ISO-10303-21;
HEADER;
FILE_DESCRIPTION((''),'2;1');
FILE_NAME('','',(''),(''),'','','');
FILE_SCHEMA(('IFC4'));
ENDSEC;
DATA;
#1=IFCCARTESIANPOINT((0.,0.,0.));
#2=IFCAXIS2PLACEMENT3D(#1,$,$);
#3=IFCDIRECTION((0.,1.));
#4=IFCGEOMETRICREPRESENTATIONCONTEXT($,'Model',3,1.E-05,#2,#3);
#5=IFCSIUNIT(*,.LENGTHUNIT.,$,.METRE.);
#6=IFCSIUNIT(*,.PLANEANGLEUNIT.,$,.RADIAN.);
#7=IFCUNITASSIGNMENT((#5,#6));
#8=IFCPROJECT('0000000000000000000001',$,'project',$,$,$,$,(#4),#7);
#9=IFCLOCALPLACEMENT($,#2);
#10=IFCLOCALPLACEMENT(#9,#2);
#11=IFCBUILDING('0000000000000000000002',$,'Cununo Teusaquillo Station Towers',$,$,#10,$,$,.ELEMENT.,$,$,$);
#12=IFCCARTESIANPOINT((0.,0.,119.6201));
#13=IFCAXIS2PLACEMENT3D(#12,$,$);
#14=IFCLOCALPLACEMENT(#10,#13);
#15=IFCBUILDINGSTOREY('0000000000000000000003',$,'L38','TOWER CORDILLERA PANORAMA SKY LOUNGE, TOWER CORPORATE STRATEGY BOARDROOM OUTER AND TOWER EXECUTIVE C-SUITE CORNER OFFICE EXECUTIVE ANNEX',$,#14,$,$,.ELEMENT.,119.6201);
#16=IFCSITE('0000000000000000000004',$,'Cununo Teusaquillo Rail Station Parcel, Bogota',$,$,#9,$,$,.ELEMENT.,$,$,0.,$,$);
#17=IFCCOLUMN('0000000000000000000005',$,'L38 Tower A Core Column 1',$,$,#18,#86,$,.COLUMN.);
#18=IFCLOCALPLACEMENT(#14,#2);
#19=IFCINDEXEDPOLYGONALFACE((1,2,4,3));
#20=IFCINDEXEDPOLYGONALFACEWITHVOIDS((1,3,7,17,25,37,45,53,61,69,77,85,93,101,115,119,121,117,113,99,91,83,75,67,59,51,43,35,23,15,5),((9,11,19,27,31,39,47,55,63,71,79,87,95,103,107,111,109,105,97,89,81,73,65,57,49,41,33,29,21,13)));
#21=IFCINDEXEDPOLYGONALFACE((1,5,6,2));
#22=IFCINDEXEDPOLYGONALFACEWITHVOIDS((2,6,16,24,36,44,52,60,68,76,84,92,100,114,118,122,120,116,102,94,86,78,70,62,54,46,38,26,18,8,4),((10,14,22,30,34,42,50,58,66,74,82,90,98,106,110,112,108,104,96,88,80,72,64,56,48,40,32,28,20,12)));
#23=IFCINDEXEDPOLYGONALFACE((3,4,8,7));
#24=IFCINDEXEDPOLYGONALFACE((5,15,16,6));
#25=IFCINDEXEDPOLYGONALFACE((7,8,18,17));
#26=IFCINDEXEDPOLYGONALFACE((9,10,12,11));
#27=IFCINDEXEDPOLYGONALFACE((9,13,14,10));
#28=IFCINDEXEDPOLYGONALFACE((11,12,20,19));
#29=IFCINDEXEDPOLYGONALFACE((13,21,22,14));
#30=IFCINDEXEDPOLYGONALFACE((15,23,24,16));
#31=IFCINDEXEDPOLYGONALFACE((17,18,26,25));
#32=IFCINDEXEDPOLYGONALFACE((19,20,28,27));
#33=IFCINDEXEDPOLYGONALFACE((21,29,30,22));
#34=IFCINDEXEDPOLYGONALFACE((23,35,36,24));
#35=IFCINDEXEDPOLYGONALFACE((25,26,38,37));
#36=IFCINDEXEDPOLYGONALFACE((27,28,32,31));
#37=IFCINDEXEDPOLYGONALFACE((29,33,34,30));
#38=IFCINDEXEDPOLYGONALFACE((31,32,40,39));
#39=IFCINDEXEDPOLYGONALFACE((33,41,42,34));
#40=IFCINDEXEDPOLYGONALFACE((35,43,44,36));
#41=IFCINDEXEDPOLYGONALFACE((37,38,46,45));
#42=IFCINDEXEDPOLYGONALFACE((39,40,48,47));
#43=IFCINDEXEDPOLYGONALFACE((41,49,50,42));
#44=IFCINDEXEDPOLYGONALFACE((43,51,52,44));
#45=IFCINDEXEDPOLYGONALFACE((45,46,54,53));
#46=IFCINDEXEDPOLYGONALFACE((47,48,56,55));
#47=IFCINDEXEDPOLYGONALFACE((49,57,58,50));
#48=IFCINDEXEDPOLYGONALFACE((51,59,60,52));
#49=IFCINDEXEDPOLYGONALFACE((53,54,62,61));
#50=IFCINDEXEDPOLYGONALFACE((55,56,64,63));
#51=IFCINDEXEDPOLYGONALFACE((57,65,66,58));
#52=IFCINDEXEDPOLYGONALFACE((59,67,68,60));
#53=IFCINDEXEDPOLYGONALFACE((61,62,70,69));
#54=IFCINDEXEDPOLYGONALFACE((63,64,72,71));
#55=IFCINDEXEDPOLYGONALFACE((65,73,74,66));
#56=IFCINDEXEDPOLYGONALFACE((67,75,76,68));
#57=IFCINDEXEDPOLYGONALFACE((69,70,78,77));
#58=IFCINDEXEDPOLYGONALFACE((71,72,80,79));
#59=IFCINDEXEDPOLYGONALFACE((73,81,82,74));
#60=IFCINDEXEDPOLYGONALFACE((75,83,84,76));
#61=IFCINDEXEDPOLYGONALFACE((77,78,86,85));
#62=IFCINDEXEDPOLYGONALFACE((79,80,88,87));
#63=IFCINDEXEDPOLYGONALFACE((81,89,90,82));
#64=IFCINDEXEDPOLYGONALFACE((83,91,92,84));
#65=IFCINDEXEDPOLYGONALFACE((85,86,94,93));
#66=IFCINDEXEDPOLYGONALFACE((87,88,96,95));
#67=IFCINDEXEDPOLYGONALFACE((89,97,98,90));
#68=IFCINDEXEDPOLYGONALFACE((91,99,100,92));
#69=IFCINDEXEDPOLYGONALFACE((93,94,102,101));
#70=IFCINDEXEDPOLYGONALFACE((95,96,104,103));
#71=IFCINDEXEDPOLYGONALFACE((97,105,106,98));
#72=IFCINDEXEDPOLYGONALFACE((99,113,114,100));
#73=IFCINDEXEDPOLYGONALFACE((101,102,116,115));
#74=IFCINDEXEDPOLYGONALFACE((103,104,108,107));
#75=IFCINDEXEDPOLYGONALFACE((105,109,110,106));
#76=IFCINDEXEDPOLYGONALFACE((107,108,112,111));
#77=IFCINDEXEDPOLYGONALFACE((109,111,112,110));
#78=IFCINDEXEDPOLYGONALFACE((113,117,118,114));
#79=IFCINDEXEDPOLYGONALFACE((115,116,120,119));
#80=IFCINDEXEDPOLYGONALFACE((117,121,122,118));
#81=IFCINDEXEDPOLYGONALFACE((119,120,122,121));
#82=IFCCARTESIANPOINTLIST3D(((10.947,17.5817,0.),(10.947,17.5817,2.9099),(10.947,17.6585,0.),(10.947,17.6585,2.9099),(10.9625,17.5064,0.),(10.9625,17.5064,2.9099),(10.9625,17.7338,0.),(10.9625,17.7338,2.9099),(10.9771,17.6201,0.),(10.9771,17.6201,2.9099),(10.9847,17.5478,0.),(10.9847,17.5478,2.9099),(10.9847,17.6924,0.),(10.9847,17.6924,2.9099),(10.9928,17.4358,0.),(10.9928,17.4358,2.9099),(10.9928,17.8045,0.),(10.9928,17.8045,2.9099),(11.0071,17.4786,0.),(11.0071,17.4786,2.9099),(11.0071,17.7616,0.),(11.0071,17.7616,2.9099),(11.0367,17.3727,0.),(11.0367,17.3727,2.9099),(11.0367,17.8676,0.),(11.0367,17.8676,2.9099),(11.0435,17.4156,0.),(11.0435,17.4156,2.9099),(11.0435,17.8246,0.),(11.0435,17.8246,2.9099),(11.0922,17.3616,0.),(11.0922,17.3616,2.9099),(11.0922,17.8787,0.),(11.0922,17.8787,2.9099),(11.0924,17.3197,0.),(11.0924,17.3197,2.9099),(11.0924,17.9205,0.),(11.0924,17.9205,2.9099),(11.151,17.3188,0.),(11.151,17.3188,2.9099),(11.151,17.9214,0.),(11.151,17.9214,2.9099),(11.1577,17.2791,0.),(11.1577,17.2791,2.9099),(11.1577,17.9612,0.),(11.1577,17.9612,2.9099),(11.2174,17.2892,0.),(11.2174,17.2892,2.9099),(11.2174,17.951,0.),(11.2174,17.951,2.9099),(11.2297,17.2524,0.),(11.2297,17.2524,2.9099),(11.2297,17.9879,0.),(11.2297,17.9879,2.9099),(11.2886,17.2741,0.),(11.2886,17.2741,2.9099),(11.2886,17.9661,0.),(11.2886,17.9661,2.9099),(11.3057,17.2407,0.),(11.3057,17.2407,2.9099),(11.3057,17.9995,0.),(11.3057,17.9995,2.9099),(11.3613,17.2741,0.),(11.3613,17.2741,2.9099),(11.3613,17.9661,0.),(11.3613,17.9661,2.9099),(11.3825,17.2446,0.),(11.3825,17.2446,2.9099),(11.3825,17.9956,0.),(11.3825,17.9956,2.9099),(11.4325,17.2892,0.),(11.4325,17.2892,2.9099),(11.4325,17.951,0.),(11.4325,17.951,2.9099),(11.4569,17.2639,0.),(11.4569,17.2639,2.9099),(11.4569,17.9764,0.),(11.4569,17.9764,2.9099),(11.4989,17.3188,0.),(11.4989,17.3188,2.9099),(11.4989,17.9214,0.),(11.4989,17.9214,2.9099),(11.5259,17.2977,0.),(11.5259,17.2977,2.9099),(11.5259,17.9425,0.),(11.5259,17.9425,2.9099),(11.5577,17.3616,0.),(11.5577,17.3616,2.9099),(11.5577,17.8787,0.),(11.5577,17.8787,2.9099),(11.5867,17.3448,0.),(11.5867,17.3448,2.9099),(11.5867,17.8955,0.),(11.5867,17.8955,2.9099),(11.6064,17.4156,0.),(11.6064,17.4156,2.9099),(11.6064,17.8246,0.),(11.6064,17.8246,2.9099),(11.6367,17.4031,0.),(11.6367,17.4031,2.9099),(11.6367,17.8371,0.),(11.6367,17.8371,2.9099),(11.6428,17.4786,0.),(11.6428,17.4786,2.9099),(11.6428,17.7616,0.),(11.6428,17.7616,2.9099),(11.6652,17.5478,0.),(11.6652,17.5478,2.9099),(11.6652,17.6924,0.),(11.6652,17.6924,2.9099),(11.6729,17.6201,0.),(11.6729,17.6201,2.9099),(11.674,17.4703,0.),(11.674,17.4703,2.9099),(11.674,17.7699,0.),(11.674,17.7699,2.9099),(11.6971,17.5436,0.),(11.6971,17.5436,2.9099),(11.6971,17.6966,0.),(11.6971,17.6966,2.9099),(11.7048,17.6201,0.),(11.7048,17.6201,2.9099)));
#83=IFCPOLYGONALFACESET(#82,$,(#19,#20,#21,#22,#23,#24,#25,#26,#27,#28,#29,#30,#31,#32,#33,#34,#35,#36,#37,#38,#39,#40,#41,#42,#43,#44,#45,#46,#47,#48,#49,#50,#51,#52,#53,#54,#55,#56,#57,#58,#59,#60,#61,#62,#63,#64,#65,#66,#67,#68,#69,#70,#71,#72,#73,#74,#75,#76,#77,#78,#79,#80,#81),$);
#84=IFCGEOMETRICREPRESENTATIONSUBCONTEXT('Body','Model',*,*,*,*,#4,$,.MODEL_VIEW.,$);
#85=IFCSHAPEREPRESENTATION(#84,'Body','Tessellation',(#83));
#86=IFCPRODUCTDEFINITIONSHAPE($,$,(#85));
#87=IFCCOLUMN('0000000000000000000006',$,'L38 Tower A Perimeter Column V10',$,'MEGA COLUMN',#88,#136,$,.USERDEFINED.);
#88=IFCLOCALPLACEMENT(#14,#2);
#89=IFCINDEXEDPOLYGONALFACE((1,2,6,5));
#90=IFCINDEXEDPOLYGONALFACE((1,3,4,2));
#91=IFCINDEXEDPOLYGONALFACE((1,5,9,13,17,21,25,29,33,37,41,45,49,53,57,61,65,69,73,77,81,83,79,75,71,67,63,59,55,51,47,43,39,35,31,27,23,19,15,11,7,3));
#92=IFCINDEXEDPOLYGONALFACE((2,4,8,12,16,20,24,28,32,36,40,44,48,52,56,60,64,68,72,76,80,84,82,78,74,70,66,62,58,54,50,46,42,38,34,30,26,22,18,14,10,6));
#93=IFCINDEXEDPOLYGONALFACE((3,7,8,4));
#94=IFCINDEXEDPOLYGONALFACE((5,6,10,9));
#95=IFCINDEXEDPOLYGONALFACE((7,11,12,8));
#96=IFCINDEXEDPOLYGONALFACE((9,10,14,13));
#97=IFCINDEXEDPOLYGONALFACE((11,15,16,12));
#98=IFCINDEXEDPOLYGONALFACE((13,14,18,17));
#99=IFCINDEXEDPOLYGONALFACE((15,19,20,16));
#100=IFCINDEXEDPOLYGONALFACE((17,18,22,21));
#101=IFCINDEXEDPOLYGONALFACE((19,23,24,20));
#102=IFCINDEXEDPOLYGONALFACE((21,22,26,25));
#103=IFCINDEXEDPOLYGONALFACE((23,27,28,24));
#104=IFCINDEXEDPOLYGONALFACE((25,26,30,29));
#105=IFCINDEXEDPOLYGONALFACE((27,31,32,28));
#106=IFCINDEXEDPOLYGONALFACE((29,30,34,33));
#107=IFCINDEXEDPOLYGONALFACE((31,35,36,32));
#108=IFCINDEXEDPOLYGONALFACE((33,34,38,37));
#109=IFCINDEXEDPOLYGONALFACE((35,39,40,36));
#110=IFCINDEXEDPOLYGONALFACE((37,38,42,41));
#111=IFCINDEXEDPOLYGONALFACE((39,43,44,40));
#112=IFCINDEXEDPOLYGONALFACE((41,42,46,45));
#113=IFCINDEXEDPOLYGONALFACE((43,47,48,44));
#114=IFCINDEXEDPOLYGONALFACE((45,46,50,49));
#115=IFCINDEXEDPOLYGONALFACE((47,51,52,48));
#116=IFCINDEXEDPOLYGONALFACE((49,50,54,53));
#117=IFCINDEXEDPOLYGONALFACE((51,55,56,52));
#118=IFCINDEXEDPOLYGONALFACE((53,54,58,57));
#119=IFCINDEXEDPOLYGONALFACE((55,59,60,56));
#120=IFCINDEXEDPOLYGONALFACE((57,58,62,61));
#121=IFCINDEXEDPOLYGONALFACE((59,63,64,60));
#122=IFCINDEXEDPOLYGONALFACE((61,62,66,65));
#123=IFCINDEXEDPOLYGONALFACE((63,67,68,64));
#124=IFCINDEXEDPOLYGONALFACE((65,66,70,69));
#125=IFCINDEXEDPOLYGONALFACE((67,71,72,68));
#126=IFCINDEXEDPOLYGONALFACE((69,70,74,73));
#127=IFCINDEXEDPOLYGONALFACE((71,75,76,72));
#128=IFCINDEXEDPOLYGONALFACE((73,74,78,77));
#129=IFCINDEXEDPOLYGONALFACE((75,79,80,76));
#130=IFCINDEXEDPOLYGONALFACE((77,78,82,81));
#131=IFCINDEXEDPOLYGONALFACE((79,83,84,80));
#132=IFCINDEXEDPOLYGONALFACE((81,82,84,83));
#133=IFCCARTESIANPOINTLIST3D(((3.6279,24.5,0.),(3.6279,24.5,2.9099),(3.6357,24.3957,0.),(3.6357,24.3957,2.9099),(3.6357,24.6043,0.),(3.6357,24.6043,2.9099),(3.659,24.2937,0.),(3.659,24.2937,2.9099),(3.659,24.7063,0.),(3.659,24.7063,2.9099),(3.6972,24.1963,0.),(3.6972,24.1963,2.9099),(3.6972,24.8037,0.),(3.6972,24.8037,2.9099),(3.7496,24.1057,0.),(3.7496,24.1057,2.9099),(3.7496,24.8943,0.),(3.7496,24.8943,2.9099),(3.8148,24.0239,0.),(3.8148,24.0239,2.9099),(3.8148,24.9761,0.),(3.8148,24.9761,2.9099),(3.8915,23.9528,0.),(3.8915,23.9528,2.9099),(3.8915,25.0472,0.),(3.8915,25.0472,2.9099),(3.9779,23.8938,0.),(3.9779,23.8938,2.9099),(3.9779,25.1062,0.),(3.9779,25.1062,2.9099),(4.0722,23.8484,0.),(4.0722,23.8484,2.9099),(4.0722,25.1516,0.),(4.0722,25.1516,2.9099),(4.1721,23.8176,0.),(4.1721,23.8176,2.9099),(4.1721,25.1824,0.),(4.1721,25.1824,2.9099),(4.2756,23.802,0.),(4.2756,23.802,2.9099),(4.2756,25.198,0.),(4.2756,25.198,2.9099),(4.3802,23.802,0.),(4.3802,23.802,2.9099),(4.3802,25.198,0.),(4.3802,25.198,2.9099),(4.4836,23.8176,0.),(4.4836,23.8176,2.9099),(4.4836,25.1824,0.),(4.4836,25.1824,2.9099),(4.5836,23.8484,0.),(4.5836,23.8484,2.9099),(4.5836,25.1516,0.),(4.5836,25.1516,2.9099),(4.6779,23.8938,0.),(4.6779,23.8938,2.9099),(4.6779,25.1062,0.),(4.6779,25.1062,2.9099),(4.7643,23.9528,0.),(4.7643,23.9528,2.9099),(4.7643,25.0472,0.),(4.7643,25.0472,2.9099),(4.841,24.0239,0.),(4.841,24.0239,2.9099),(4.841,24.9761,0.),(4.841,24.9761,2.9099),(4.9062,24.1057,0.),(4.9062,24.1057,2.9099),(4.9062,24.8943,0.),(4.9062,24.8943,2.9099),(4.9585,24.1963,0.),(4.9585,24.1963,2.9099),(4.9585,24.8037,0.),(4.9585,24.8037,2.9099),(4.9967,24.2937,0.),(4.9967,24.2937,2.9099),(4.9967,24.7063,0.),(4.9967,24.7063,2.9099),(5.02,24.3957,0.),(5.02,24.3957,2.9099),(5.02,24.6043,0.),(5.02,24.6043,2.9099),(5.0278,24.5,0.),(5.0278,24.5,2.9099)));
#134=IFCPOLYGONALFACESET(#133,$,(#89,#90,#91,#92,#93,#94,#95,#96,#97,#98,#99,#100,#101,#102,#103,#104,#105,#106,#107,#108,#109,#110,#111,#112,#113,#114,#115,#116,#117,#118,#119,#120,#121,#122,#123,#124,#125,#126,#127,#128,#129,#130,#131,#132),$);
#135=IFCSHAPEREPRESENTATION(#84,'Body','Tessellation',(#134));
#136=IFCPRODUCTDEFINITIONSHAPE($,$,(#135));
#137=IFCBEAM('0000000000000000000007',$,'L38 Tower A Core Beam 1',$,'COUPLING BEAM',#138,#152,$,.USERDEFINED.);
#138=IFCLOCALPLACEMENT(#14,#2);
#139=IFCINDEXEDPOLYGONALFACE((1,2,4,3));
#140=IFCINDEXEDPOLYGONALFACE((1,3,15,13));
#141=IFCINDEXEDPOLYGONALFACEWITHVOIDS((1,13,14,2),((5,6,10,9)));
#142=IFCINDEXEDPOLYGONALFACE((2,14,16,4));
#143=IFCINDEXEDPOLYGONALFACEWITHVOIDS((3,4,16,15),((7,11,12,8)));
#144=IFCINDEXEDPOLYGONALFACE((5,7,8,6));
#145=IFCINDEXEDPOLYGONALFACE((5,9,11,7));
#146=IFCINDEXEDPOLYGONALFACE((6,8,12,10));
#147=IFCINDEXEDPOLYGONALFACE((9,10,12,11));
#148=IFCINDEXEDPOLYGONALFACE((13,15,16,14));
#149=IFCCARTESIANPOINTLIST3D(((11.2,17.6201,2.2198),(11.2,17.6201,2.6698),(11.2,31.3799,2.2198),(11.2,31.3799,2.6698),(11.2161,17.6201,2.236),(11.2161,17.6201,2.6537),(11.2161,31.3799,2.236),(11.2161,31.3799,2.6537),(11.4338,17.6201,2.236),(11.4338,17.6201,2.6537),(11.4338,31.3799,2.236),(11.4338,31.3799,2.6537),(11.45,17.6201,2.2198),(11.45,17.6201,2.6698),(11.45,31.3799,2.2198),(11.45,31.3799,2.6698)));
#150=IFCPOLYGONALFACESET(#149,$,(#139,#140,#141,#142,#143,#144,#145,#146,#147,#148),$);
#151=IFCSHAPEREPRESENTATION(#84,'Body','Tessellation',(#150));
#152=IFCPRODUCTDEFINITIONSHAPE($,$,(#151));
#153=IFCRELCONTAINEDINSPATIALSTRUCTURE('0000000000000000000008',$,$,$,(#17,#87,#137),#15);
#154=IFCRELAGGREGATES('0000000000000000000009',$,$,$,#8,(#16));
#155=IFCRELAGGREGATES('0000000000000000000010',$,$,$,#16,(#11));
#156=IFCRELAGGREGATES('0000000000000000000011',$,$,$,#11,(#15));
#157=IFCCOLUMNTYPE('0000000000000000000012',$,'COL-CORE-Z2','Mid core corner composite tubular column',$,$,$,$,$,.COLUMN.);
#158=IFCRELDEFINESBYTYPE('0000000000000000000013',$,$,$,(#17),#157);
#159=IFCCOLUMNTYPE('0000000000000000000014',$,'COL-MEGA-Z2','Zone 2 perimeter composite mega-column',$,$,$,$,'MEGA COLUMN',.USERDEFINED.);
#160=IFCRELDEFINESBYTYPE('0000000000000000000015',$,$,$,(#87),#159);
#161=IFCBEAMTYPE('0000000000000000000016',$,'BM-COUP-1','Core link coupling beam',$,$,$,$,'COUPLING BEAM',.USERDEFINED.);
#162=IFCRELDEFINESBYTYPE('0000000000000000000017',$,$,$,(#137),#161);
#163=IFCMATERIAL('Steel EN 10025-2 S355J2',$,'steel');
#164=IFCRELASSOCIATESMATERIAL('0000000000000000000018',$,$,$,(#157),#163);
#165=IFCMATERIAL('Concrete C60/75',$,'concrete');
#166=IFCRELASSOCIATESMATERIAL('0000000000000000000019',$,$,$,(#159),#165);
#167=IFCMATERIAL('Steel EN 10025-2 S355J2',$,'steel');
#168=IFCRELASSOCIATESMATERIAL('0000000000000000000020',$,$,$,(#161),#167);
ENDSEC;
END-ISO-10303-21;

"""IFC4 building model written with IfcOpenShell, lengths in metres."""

from ifc_helpers import new_model, si_unit, direction, frame, origin, origin_2d, place, context, subcontext, project, spatial, hollow_rectangle, circle, hollow_circle, extrude, material, material_profile, profile_set, type_object, element, save


model = new_model("IFC4")

# Units and contexts
model_context = context("Model", 3, precision=1e-05, world=origin(), true_north=direction((0.0, 1.0)))
body_context = subcontext(model_context, "Body", "Model", "MODEL_VIEW")
ifc_project = project(units=[si_unit("LENGTHUNIT", "METRE"), si_unit("PLANEANGLEUNIT", "RADIAN")], contexts=[model_context])

# Site, building, storey
site_placement = place(None, origin())
site = spatial("IfcSite", under=ifc_project, at=site_placement, Name="Cununo Teusaquillo Rail Station Parcel, Bogota", CompositionType="ELEMENT", RefElevation=0.0)
building_placement = place(site_placement, origin())
building = spatial("IfcBuilding", under=site, at=building_placement, Name="Cununo Teusaquillo Station Towers", CompositionType="ELEMENT")
storey_placement = place(building_placement, frame((0.0, 0.0, 119.6201)))
storey = spatial("IfcBuildingStorey", under=building, at=storey_placement, Name="L38", Description="TOWER CORDILLERA PANORAMA SKY LOUNGE, TOWER CORPORATE STRATEGY BOARDROOM OUTER AND TOWER EXECUTIVE C-SUITE CORNER OFFICE EXECUTIVE ANNEX", CompositionType="ELEMENT", Elevation=119.6201)

# Columns
ifc_material_1 = material(Name="Steel EN 10025-2 S355J2", Category="steel")
ifc_material_profile_1 = material_profile(ifc_material_1, hollow_circle(Radius=0.3799, WallThickness=0.032, at=origin_2d()), Name="CHS 760x32")
ifc_profile_set_1 = profile_set([ifc_material_profile_1], Name="Steel EN 10025-2 S355J2")
column_type_1 = type_object("IfcColumnType", Name="COL-CORE-Z2", Description="Mid core corner composite tubular column", PredefinedType="COLUMN", material=ifc_profile_set_1)
column_1_placement = place(storey_placement, frame((11.325, 17.6201, 0.0), z_axis=(0.0, 0.0, 1.0), x_axis=(1.0, 0.0, 0.0)))
element("IfcColumn", 1, at=column_1_placement, inside=storey, type_object=column_type_1, Name="L38 Tower A Core Column 1", PredefinedType="COLUMN", context=body_context, shape_type="SweptSolid", body=[
    extrude(hollow_circle(Radius=0.3799, WallThickness=0.032, at=origin_2d()), origin(), (0.0, 0.0, 1.0), 2.9099),
])
ifc_material_2 = material(Name="Concrete C60/75", Category="concrete")
ifc_material_profile_2 = material_profile(ifc_material_2, circle(Radius=0.7, at=origin_2d()), Name="RC-CIRC-1400")
ifc_profile_set_2 = profile_set([ifc_material_profile_2], Name="Concrete C60/75")
column_type_2 = type_object("IfcColumnType", Name="COL-MEGA-Z2", Description="Zone 2 perimeter composite mega-column", ElementType="MEGA COLUMN", PredefinedType="USERDEFINED", material=ifc_profile_set_2)
column_2_placement = place(storey_placement, frame((4.3279, 24.5, 0.0), z_axis=(0.0, 0.0, 1.0), x_axis=(1.0, 0.0, 0.0)))
element("IfcColumn", 2, at=column_2_placement, inside=storey, type_object=column_type_2, Name="L38 Tower A Perimeter Column V10", ObjectType="MEGA COLUMN", PredefinedType="USERDEFINED", context=body_context, shape_type="SweptSolid", body=[
    extrude(circle(Radius=0.7, at=origin_2d()), origin(), (0.0, 0.0, 1.0), 2.9099),
])

# Beam
ifc_material_3 = material(Name="Steel EN 10025-2 S355J2", Category="steel")
ifc_material_profile_3 = material_profile(ifc_material_3, hollow_rectangle(XDim=0.25, YDim=0.45, WallThickness=0.0161, at=origin_2d()), Name="RHS 450x250x16")
ifc_profile_set_3 = profile_set([ifc_material_profile_3], Name="Steel EN 10025-2 S355J2")
beam_type_1 = type_object("IfcBeamType", Name="BM-COUP-1", Description="Core link coupling beam", ElementType="COUPLING BEAM", PredefinedType="USERDEFINED", material=ifc_profile_set_3)
beam_1_placement = place(storey_placement, frame((11.325, 17.6201, 2.4448), z_axis=(0.0, 1.0, 0.0), x_axis=(-1.0, 0.0, 0.0)))
element("IfcBeam", 3, at=beam_1_placement, inside=storey, type_object=beam_type_1, Name="L38 Tower A Core Beam 1", ObjectType="COUPLING BEAM", PredefinedType="USERDEFINED", context=body_context, shape_type="SweptSolid", body=[
    extrude(hollow_rectangle(XDim=0.25, YDim=0.45, WallThickness=0.0161, at=origin_2d()), origin(), (0.0, 0.0, 1.0), 13.7598),
])

save(model, "model.ifc")
